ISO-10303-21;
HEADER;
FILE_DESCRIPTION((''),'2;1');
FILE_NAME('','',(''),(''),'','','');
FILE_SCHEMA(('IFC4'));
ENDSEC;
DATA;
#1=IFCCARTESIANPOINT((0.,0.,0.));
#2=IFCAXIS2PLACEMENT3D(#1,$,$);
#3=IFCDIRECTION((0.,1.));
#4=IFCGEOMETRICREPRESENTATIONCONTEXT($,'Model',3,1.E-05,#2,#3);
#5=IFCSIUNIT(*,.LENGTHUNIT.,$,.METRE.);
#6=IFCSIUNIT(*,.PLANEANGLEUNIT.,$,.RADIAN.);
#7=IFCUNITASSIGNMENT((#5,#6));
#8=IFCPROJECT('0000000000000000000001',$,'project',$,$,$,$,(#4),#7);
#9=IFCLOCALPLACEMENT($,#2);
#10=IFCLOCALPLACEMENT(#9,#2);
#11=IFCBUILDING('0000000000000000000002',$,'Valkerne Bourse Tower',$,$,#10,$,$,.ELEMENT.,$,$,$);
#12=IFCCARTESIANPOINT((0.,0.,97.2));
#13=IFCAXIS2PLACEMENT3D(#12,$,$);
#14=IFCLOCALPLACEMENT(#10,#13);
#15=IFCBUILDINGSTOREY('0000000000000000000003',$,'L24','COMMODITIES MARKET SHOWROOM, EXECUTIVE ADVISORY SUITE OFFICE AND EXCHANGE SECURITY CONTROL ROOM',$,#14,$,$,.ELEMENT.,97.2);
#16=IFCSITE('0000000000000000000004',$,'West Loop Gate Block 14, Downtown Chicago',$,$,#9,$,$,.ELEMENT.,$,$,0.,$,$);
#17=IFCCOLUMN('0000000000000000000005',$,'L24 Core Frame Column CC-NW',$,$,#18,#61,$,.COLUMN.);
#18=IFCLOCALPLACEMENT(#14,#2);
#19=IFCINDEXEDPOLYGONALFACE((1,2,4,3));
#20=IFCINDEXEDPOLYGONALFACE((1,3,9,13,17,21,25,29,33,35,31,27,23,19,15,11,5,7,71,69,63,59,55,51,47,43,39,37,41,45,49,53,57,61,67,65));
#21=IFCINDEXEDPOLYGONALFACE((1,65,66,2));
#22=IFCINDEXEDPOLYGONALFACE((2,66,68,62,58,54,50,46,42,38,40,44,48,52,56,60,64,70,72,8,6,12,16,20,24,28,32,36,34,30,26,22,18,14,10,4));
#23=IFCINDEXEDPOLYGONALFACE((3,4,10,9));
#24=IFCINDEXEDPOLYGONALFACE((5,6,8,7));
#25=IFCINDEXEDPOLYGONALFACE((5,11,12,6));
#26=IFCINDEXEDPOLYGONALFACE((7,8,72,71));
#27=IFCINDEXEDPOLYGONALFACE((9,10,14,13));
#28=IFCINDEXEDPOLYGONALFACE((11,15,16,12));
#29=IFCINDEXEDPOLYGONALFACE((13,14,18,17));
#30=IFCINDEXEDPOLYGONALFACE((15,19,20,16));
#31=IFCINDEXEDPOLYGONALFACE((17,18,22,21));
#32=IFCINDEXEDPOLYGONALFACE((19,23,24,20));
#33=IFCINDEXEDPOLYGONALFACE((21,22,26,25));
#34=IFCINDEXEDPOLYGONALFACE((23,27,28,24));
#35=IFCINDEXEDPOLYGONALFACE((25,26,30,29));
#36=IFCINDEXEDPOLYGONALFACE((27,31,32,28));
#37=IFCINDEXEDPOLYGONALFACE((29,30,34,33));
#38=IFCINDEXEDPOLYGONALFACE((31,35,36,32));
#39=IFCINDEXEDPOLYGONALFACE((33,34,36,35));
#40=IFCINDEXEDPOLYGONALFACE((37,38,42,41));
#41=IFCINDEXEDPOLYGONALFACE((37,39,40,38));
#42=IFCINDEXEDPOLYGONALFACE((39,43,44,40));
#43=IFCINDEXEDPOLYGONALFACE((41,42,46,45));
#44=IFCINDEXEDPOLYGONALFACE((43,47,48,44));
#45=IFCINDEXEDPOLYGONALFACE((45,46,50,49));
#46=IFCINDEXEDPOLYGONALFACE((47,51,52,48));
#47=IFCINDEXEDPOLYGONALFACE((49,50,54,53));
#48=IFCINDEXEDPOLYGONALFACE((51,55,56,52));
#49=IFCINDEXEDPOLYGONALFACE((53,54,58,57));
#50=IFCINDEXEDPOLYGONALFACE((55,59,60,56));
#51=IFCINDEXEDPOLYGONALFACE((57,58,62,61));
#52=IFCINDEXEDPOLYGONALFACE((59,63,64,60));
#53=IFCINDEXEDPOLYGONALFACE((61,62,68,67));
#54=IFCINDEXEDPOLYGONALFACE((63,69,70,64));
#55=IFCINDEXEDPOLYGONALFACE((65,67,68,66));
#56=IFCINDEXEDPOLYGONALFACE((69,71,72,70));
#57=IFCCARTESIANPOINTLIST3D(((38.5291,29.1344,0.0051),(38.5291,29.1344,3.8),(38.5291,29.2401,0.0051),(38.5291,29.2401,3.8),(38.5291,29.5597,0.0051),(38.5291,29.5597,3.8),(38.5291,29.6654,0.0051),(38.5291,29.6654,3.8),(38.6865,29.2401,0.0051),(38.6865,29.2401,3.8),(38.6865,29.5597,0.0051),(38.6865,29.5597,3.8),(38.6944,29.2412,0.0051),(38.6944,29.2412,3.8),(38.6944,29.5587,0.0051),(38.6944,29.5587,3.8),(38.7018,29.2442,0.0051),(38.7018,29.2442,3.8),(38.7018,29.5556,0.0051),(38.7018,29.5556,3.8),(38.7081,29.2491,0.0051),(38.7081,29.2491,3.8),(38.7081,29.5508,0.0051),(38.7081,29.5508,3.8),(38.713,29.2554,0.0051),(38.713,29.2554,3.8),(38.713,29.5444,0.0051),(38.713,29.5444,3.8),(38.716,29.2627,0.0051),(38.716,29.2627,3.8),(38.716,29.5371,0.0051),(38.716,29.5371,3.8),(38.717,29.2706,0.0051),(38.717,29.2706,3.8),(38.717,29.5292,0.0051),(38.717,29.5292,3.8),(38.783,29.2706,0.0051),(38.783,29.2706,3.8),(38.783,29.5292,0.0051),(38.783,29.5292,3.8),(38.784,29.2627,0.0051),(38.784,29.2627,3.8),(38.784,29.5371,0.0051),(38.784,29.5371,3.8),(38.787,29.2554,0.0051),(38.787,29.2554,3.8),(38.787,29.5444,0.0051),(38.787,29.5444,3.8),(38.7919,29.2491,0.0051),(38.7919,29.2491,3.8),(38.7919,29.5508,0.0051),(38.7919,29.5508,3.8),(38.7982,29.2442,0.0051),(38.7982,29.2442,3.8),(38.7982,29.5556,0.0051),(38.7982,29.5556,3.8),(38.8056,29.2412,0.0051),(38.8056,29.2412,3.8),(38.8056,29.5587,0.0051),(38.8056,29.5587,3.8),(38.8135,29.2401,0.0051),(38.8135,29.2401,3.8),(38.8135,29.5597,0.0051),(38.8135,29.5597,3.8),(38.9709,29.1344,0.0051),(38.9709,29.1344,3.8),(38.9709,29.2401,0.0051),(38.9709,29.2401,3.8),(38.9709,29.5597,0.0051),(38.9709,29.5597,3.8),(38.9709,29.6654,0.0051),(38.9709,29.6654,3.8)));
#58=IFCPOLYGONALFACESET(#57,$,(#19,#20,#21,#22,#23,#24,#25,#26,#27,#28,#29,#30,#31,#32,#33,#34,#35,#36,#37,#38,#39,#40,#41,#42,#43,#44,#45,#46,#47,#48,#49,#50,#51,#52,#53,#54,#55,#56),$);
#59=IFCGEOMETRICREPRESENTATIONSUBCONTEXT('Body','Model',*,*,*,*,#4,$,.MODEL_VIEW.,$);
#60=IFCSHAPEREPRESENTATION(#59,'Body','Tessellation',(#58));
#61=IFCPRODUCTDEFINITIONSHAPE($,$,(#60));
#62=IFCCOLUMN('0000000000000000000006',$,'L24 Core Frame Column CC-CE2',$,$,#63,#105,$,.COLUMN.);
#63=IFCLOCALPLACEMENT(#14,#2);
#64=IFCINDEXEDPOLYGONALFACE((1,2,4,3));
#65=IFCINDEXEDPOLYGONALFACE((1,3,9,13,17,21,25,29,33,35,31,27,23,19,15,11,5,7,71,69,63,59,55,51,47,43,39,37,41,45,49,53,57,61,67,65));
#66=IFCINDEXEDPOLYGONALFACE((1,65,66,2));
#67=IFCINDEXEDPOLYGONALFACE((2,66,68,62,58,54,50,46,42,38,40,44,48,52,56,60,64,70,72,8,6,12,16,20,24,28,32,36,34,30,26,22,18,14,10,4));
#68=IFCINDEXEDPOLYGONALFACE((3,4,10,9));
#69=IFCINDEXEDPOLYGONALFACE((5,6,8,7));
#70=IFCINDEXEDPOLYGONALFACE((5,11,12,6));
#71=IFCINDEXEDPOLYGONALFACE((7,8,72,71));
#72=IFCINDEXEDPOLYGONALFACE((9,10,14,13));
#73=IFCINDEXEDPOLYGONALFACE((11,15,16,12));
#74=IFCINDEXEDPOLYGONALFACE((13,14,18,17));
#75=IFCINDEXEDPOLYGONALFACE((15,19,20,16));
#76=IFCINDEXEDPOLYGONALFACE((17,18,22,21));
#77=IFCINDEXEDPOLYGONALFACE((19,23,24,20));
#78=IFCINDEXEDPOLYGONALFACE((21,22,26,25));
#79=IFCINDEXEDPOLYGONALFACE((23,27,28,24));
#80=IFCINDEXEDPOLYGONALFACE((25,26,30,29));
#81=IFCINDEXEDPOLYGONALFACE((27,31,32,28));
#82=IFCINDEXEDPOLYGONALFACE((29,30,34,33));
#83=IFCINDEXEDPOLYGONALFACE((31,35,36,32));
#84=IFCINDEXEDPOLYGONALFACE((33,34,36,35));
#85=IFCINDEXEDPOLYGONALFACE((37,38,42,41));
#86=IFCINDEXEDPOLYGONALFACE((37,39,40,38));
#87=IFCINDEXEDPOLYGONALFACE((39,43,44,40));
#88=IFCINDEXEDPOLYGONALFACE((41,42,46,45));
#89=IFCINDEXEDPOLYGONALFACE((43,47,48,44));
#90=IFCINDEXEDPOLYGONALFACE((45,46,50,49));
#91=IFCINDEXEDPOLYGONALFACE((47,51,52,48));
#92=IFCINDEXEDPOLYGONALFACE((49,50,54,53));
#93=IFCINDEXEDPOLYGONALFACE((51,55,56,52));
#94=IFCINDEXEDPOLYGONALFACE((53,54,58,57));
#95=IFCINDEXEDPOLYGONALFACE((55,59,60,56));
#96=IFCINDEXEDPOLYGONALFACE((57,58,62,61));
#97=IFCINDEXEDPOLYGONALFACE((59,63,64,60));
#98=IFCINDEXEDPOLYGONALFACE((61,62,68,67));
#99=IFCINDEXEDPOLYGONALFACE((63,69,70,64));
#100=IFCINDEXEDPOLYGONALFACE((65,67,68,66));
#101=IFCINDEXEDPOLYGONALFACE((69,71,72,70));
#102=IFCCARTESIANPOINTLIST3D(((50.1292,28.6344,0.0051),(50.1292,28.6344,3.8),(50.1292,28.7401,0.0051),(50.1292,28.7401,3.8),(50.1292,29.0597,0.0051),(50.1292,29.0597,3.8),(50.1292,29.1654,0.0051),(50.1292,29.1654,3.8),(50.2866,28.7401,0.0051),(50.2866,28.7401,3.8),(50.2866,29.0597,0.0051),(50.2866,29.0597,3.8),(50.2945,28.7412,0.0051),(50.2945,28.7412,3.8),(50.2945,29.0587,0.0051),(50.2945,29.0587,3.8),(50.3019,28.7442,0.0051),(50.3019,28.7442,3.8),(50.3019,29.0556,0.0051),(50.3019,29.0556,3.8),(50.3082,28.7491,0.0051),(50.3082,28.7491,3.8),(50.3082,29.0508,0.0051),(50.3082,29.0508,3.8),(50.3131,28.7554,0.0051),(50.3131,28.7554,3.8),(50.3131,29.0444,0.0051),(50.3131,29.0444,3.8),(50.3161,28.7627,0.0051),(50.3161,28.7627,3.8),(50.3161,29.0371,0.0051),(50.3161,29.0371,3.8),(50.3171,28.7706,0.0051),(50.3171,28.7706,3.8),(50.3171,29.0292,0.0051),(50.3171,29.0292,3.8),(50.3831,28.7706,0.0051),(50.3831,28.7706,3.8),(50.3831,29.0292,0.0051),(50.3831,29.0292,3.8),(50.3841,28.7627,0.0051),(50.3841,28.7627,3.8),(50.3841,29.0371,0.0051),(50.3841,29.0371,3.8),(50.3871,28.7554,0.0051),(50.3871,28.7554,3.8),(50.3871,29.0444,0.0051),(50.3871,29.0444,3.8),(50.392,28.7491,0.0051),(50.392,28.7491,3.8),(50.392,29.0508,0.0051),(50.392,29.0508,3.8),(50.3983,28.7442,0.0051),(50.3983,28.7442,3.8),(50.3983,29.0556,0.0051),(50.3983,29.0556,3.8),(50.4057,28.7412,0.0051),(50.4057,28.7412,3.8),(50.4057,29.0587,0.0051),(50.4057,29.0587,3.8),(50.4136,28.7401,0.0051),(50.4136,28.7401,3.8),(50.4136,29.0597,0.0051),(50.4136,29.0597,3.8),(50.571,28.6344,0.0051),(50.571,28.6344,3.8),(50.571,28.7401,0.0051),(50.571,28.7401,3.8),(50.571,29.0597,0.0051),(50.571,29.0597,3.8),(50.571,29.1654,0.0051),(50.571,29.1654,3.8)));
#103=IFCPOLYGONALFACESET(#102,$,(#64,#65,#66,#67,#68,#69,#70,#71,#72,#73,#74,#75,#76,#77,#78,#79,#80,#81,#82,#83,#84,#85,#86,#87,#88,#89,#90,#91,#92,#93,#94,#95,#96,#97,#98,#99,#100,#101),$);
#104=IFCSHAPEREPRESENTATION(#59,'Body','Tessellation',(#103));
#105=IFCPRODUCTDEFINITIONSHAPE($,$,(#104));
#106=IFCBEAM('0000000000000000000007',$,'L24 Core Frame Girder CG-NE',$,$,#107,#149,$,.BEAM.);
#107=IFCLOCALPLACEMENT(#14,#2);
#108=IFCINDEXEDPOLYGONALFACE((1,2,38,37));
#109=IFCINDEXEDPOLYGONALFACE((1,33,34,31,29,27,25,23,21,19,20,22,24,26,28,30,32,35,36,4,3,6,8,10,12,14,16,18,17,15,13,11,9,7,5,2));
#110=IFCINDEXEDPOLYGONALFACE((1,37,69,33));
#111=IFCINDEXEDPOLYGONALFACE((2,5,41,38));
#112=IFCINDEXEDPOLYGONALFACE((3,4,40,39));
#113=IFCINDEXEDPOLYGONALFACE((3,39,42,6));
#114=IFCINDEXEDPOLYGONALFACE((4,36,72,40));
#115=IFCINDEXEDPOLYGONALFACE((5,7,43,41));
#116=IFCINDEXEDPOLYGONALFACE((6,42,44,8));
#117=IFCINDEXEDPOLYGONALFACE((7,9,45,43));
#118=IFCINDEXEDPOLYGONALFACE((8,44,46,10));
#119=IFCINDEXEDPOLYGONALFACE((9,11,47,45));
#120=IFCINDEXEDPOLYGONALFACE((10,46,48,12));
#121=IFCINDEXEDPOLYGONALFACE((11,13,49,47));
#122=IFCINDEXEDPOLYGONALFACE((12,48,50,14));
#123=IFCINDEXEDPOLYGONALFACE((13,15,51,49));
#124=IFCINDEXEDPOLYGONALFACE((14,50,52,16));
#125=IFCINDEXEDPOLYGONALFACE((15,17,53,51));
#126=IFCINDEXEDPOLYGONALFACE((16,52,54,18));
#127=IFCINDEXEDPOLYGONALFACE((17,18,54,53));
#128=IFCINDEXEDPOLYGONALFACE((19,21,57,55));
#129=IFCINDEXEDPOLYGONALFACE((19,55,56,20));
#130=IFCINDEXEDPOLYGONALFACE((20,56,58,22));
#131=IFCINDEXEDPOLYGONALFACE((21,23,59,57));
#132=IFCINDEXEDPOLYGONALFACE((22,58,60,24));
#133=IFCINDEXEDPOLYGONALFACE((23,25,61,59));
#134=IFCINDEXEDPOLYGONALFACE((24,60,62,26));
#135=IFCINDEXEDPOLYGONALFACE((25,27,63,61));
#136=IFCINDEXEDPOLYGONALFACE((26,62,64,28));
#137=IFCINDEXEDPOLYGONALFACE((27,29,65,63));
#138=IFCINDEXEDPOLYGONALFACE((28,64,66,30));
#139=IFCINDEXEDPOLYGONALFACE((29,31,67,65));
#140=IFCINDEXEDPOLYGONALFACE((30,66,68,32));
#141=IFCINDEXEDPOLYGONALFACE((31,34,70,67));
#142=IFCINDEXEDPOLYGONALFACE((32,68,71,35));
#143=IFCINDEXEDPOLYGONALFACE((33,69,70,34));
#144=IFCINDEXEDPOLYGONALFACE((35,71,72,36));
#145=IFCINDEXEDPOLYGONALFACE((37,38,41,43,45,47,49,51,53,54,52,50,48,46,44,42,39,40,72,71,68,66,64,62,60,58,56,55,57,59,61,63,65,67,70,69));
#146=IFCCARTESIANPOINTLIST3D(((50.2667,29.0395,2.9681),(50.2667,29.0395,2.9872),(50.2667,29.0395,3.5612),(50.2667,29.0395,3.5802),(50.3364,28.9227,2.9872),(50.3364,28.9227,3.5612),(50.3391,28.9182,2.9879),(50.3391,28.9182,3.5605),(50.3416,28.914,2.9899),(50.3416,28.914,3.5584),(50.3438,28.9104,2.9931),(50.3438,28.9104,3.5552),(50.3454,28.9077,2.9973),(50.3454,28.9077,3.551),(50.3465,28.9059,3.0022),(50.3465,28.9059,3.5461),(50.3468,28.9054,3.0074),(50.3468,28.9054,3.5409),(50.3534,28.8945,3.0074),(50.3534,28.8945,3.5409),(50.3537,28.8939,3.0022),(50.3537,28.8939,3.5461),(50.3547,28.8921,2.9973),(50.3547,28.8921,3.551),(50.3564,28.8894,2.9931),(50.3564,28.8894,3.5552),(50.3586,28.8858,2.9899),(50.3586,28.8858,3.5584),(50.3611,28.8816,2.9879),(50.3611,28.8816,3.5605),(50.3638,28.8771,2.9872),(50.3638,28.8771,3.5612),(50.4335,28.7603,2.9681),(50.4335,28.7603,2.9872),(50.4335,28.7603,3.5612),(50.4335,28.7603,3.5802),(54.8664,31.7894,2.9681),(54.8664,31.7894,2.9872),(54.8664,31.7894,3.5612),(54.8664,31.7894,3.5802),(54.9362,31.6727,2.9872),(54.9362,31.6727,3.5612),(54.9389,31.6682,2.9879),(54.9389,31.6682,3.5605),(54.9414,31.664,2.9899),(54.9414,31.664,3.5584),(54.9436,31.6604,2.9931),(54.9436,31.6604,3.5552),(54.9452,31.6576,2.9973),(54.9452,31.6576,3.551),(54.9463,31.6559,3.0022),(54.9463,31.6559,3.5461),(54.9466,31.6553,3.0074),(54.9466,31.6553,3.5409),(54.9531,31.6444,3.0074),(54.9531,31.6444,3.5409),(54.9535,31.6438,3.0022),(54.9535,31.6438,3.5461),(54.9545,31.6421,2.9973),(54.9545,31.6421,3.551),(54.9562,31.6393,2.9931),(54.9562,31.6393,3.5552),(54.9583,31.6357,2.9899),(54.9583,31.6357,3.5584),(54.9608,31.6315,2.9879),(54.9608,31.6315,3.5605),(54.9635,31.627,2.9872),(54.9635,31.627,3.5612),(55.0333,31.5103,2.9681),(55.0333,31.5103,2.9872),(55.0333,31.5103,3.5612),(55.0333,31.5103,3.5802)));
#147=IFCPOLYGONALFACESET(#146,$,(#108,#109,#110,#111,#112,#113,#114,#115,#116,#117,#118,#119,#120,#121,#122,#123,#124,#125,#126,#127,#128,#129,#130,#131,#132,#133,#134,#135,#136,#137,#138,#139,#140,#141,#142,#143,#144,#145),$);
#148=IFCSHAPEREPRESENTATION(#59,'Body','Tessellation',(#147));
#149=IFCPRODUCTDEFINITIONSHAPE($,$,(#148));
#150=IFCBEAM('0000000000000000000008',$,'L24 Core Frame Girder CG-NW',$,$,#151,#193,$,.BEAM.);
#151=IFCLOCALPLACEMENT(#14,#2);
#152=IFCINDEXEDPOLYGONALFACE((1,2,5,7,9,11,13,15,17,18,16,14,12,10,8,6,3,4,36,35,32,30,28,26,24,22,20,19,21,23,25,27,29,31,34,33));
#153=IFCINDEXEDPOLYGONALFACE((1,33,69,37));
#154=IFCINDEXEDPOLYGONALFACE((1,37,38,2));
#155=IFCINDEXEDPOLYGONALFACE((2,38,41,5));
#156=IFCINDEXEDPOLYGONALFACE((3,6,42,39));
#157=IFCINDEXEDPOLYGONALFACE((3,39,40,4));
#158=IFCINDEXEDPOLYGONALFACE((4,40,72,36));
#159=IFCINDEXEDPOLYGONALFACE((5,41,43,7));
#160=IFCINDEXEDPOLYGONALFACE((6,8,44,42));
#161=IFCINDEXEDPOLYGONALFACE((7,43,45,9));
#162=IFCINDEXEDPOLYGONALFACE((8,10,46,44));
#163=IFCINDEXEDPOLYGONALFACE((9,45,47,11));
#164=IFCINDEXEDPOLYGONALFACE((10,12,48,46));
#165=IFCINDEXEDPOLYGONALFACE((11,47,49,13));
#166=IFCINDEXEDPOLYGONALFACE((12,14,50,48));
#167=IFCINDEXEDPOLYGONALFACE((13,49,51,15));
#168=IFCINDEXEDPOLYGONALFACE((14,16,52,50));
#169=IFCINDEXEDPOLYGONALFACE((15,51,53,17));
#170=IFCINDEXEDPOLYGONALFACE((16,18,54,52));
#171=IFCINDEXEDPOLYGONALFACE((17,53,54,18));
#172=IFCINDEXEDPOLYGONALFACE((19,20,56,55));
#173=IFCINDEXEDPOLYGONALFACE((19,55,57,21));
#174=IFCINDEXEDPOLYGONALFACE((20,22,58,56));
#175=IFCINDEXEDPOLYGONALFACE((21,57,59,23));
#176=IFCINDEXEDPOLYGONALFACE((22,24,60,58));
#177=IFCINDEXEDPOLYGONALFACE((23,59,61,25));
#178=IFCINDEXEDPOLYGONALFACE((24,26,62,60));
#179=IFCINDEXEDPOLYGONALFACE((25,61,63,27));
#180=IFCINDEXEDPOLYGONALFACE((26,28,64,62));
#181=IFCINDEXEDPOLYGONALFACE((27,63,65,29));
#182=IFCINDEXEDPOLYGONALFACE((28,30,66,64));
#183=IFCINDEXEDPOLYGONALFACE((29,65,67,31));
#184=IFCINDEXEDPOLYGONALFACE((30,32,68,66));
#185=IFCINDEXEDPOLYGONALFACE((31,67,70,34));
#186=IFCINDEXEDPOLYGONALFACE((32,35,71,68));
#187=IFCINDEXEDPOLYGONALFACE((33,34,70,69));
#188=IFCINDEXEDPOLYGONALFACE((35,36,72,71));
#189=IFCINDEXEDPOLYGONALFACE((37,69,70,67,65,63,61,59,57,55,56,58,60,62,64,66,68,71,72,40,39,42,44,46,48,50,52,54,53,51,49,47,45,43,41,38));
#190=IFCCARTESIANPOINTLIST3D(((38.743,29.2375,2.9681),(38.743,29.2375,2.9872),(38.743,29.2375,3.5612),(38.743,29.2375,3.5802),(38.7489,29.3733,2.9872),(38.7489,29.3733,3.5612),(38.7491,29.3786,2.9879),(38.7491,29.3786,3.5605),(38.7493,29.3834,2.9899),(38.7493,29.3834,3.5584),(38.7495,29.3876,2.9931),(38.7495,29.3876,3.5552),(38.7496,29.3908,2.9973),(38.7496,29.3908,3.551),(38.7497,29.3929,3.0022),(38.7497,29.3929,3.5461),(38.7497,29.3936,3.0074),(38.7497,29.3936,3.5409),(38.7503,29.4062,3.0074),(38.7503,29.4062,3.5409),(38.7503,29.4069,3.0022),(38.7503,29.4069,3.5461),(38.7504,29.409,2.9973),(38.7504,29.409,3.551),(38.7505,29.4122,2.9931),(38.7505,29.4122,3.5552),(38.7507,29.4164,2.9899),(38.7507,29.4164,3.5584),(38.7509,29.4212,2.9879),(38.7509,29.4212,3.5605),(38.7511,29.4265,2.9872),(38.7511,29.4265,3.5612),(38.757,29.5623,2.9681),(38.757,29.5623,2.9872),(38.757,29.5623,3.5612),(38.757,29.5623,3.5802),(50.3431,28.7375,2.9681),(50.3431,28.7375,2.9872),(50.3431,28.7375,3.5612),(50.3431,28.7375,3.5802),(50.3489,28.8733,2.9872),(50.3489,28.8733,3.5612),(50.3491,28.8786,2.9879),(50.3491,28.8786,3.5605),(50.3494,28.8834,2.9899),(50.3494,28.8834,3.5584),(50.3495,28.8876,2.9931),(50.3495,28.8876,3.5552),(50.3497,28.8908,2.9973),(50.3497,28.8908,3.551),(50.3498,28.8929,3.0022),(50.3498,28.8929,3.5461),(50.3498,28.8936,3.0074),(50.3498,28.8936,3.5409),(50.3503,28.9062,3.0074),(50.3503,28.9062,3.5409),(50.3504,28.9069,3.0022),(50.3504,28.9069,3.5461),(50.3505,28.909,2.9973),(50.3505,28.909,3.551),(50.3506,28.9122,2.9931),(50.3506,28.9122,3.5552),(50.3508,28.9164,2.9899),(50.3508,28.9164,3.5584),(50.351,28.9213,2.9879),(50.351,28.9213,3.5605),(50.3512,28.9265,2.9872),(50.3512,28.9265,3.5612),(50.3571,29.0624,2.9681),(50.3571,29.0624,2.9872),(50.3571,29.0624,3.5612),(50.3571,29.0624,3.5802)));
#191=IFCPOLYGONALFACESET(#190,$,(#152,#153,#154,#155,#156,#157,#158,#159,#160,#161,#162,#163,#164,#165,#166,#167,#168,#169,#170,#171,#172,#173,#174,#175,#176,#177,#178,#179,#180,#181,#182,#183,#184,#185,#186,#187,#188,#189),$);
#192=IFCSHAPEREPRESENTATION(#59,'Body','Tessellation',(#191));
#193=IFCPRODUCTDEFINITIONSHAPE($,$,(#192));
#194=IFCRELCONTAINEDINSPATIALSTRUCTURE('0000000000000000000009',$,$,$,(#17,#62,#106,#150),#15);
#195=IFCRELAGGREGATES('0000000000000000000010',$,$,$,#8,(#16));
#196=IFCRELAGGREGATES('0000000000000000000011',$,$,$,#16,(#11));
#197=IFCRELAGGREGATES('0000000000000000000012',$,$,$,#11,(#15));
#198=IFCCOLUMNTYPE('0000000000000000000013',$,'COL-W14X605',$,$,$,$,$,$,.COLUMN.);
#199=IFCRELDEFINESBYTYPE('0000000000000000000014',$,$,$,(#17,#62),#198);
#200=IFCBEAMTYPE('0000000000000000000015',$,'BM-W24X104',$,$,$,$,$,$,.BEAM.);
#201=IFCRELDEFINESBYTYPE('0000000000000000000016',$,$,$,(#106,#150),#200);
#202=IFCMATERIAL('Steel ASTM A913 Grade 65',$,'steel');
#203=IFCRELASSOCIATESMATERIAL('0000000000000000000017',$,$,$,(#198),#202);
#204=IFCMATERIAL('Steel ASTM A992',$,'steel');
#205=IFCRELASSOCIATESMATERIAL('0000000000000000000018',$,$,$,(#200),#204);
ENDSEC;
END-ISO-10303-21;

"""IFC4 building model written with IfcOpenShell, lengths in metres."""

from ifc_helpers import new_model, si_unit, direction, frame, origin, origin_2d, place, context, subcontext, project, spatial, i_section, extrude, material, material_profile, profile_set, type_object, element, save


model = new_model("IFC4")

# Units and contexts
model_context = context("Model", 3, precision=1e-05, world=origin(), true_north=direction((0.0, 1.0)))
body_context = subcontext(model_context, "Body", "Model", "MODEL_VIEW")
ifc_project = project(units=[si_unit("LENGTHUNIT", "METRE"), si_unit("PLANEANGLEUNIT", "RADIAN")], contexts=[model_context])

# Site, building, storey
site_placement = place(None, origin())
site = spatial("IfcSite", under=ifc_project, at=site_placement, Name="West Loop Gate Block 14, Downtown Chicago", CompositionType="ELEMENT", RefElevation=0.0)
building_placement = place(site_placement, origin())
building = spatial("IfcBuilding", under=site, at=building_placement, Name="Valkerne Bourse Tower", CompositionType="ELEMENT")
storey_placement = place(building_placement, frame((0.0, 0.0, 97.2)))
storey = spatial("IfcBuildingStorey", under=building, at=storey_placement, Name="L24", Description="COMMODITIES MARKET SHOWROOM, EXECUTIVE ADVISORY SUITE OFFICE AND EXCHANGE SECURITY CONTROL ROOM", CompositionType="ELEMENT", Elevation=97.2)

# Columns
ifc_material_1 = material(Name="Steel ASTM A913 Grade 65", Category="steel")
ifc_material_profile_1 = material_profile(ifc_material_1, i_section(OverallWidth=0.4419, OverallDepth=0.531, WebThickness=0.0659, FlangeThickness=0.1057, FilletRadius=0.0305, at=origin_2d()), Name="W14X605")
ifc_profile_set_1 = profile_set([ifc_material_profile_1], Name="Steel ASTM A913 Grade 65")
column_type = type_object("IfcColumnType", Name="COL-W14X605", PredefinedType="COLUMN", material=ifc_profile_set_1)
for number, where, z_axis, x_axis, name in (
    (1, (38.75, 29.3999, 0.0051), (0.0, 0.0, 1.0), (1.0, 0.0, 0.0), "L24 Core Frame Column CC-NW"),
    (2, (50.3501, 28.8999, 0.0051), (0.0, 0.0, 1.0), (1.0, 0.0, 0.0), "L24 Core Frame Column CC-CE2"),
):
    element("IfcColumn", number, at=place(storey_placement, frame(where, z_axis=z_axis, x_axis=x_axis)), inside=storey, type_object=column_type, Name=name, PredefinedType="COLUMN", context=body_context, shape_type="SweptSolid", body=[
        extrude(i_section(OverallWidth=0.4419, OverallDepth=0.531, WebThickness=0.0659, FlangeThickness=0.1057, FilletRadius=0.0305, at=origin_2d()), origin(), (0.0, 0.0, 1.0), 3.7949),
    ])

# Beams
ifc_material_2 = material(Name="Steel ASTM A992", Category="steel")
ifc_material_profile_2 = material_profile(ifc_material_2, i_section(OverallWidth=0.3252, OverallDepth=0.6121, WebThickness=0.0127, FlangeThickness=0.019, FilletRadius=0.0203, at=origin_2d()), Name="W24X104")
ifc_profile_set_2 = profile_set([ifc_material_profile_2], Name="Steel ASTM A992")
beam_type = type_object("IfcBeamType", Name="BM-W24X104", PredefinedType="BEAM", material=ifc_profile_set_2)
beam_1_placement = place(storey_placement, frame((50.3501, 28.8999, 3.2742), z_axis=(0.858308, 0.513135, 0.0), x_axis=(-0.513135, 0.858308, 0.0)))
element("IfcBeam", 3, at=beam_1_placement, inside=storey, type_object=beam_type, Name="L24 Core Frame Girder CG-NE", PredefinedType="BEAM", context=body_context, shape_type="SweptSolid", body=[
    extrude(i_section(OverallWidth=0.3252, OverallDepth=0.6121, WebThickness=0.0127, FlangeThickness=0.019, FilletRadius=0.0203, at=origin_2d()), origin(), (0.0, 0.0, 1.0), 5.3591),
])
beam_2_placement = place(storey_placement, frame((38.75, 29.3999, 3.2742), z_axis=(0.999072, -0.043063, 0.0), x_axis=(0.043063, 0.999072, 0.0)))
element("IfcBeam", 4, at=beam_2_placement, inside=storey, type_object=beam_type, Name="L24 Core Frame Girder CG-NW", PredefinedType="BEAM", context=body_context, shape_type="SweptSolid", body=[
    extrude(i_section(OverallWidth=0.3252, OverallDepth=0.6121, WebThickness=0.0127, FlangeThickness=0.019, FilletRadius=0.0203, at=origin_2d()), origin(), (0.0, 0.0, 1.0), 11.6108),
])

save(model, "model.ifc")
